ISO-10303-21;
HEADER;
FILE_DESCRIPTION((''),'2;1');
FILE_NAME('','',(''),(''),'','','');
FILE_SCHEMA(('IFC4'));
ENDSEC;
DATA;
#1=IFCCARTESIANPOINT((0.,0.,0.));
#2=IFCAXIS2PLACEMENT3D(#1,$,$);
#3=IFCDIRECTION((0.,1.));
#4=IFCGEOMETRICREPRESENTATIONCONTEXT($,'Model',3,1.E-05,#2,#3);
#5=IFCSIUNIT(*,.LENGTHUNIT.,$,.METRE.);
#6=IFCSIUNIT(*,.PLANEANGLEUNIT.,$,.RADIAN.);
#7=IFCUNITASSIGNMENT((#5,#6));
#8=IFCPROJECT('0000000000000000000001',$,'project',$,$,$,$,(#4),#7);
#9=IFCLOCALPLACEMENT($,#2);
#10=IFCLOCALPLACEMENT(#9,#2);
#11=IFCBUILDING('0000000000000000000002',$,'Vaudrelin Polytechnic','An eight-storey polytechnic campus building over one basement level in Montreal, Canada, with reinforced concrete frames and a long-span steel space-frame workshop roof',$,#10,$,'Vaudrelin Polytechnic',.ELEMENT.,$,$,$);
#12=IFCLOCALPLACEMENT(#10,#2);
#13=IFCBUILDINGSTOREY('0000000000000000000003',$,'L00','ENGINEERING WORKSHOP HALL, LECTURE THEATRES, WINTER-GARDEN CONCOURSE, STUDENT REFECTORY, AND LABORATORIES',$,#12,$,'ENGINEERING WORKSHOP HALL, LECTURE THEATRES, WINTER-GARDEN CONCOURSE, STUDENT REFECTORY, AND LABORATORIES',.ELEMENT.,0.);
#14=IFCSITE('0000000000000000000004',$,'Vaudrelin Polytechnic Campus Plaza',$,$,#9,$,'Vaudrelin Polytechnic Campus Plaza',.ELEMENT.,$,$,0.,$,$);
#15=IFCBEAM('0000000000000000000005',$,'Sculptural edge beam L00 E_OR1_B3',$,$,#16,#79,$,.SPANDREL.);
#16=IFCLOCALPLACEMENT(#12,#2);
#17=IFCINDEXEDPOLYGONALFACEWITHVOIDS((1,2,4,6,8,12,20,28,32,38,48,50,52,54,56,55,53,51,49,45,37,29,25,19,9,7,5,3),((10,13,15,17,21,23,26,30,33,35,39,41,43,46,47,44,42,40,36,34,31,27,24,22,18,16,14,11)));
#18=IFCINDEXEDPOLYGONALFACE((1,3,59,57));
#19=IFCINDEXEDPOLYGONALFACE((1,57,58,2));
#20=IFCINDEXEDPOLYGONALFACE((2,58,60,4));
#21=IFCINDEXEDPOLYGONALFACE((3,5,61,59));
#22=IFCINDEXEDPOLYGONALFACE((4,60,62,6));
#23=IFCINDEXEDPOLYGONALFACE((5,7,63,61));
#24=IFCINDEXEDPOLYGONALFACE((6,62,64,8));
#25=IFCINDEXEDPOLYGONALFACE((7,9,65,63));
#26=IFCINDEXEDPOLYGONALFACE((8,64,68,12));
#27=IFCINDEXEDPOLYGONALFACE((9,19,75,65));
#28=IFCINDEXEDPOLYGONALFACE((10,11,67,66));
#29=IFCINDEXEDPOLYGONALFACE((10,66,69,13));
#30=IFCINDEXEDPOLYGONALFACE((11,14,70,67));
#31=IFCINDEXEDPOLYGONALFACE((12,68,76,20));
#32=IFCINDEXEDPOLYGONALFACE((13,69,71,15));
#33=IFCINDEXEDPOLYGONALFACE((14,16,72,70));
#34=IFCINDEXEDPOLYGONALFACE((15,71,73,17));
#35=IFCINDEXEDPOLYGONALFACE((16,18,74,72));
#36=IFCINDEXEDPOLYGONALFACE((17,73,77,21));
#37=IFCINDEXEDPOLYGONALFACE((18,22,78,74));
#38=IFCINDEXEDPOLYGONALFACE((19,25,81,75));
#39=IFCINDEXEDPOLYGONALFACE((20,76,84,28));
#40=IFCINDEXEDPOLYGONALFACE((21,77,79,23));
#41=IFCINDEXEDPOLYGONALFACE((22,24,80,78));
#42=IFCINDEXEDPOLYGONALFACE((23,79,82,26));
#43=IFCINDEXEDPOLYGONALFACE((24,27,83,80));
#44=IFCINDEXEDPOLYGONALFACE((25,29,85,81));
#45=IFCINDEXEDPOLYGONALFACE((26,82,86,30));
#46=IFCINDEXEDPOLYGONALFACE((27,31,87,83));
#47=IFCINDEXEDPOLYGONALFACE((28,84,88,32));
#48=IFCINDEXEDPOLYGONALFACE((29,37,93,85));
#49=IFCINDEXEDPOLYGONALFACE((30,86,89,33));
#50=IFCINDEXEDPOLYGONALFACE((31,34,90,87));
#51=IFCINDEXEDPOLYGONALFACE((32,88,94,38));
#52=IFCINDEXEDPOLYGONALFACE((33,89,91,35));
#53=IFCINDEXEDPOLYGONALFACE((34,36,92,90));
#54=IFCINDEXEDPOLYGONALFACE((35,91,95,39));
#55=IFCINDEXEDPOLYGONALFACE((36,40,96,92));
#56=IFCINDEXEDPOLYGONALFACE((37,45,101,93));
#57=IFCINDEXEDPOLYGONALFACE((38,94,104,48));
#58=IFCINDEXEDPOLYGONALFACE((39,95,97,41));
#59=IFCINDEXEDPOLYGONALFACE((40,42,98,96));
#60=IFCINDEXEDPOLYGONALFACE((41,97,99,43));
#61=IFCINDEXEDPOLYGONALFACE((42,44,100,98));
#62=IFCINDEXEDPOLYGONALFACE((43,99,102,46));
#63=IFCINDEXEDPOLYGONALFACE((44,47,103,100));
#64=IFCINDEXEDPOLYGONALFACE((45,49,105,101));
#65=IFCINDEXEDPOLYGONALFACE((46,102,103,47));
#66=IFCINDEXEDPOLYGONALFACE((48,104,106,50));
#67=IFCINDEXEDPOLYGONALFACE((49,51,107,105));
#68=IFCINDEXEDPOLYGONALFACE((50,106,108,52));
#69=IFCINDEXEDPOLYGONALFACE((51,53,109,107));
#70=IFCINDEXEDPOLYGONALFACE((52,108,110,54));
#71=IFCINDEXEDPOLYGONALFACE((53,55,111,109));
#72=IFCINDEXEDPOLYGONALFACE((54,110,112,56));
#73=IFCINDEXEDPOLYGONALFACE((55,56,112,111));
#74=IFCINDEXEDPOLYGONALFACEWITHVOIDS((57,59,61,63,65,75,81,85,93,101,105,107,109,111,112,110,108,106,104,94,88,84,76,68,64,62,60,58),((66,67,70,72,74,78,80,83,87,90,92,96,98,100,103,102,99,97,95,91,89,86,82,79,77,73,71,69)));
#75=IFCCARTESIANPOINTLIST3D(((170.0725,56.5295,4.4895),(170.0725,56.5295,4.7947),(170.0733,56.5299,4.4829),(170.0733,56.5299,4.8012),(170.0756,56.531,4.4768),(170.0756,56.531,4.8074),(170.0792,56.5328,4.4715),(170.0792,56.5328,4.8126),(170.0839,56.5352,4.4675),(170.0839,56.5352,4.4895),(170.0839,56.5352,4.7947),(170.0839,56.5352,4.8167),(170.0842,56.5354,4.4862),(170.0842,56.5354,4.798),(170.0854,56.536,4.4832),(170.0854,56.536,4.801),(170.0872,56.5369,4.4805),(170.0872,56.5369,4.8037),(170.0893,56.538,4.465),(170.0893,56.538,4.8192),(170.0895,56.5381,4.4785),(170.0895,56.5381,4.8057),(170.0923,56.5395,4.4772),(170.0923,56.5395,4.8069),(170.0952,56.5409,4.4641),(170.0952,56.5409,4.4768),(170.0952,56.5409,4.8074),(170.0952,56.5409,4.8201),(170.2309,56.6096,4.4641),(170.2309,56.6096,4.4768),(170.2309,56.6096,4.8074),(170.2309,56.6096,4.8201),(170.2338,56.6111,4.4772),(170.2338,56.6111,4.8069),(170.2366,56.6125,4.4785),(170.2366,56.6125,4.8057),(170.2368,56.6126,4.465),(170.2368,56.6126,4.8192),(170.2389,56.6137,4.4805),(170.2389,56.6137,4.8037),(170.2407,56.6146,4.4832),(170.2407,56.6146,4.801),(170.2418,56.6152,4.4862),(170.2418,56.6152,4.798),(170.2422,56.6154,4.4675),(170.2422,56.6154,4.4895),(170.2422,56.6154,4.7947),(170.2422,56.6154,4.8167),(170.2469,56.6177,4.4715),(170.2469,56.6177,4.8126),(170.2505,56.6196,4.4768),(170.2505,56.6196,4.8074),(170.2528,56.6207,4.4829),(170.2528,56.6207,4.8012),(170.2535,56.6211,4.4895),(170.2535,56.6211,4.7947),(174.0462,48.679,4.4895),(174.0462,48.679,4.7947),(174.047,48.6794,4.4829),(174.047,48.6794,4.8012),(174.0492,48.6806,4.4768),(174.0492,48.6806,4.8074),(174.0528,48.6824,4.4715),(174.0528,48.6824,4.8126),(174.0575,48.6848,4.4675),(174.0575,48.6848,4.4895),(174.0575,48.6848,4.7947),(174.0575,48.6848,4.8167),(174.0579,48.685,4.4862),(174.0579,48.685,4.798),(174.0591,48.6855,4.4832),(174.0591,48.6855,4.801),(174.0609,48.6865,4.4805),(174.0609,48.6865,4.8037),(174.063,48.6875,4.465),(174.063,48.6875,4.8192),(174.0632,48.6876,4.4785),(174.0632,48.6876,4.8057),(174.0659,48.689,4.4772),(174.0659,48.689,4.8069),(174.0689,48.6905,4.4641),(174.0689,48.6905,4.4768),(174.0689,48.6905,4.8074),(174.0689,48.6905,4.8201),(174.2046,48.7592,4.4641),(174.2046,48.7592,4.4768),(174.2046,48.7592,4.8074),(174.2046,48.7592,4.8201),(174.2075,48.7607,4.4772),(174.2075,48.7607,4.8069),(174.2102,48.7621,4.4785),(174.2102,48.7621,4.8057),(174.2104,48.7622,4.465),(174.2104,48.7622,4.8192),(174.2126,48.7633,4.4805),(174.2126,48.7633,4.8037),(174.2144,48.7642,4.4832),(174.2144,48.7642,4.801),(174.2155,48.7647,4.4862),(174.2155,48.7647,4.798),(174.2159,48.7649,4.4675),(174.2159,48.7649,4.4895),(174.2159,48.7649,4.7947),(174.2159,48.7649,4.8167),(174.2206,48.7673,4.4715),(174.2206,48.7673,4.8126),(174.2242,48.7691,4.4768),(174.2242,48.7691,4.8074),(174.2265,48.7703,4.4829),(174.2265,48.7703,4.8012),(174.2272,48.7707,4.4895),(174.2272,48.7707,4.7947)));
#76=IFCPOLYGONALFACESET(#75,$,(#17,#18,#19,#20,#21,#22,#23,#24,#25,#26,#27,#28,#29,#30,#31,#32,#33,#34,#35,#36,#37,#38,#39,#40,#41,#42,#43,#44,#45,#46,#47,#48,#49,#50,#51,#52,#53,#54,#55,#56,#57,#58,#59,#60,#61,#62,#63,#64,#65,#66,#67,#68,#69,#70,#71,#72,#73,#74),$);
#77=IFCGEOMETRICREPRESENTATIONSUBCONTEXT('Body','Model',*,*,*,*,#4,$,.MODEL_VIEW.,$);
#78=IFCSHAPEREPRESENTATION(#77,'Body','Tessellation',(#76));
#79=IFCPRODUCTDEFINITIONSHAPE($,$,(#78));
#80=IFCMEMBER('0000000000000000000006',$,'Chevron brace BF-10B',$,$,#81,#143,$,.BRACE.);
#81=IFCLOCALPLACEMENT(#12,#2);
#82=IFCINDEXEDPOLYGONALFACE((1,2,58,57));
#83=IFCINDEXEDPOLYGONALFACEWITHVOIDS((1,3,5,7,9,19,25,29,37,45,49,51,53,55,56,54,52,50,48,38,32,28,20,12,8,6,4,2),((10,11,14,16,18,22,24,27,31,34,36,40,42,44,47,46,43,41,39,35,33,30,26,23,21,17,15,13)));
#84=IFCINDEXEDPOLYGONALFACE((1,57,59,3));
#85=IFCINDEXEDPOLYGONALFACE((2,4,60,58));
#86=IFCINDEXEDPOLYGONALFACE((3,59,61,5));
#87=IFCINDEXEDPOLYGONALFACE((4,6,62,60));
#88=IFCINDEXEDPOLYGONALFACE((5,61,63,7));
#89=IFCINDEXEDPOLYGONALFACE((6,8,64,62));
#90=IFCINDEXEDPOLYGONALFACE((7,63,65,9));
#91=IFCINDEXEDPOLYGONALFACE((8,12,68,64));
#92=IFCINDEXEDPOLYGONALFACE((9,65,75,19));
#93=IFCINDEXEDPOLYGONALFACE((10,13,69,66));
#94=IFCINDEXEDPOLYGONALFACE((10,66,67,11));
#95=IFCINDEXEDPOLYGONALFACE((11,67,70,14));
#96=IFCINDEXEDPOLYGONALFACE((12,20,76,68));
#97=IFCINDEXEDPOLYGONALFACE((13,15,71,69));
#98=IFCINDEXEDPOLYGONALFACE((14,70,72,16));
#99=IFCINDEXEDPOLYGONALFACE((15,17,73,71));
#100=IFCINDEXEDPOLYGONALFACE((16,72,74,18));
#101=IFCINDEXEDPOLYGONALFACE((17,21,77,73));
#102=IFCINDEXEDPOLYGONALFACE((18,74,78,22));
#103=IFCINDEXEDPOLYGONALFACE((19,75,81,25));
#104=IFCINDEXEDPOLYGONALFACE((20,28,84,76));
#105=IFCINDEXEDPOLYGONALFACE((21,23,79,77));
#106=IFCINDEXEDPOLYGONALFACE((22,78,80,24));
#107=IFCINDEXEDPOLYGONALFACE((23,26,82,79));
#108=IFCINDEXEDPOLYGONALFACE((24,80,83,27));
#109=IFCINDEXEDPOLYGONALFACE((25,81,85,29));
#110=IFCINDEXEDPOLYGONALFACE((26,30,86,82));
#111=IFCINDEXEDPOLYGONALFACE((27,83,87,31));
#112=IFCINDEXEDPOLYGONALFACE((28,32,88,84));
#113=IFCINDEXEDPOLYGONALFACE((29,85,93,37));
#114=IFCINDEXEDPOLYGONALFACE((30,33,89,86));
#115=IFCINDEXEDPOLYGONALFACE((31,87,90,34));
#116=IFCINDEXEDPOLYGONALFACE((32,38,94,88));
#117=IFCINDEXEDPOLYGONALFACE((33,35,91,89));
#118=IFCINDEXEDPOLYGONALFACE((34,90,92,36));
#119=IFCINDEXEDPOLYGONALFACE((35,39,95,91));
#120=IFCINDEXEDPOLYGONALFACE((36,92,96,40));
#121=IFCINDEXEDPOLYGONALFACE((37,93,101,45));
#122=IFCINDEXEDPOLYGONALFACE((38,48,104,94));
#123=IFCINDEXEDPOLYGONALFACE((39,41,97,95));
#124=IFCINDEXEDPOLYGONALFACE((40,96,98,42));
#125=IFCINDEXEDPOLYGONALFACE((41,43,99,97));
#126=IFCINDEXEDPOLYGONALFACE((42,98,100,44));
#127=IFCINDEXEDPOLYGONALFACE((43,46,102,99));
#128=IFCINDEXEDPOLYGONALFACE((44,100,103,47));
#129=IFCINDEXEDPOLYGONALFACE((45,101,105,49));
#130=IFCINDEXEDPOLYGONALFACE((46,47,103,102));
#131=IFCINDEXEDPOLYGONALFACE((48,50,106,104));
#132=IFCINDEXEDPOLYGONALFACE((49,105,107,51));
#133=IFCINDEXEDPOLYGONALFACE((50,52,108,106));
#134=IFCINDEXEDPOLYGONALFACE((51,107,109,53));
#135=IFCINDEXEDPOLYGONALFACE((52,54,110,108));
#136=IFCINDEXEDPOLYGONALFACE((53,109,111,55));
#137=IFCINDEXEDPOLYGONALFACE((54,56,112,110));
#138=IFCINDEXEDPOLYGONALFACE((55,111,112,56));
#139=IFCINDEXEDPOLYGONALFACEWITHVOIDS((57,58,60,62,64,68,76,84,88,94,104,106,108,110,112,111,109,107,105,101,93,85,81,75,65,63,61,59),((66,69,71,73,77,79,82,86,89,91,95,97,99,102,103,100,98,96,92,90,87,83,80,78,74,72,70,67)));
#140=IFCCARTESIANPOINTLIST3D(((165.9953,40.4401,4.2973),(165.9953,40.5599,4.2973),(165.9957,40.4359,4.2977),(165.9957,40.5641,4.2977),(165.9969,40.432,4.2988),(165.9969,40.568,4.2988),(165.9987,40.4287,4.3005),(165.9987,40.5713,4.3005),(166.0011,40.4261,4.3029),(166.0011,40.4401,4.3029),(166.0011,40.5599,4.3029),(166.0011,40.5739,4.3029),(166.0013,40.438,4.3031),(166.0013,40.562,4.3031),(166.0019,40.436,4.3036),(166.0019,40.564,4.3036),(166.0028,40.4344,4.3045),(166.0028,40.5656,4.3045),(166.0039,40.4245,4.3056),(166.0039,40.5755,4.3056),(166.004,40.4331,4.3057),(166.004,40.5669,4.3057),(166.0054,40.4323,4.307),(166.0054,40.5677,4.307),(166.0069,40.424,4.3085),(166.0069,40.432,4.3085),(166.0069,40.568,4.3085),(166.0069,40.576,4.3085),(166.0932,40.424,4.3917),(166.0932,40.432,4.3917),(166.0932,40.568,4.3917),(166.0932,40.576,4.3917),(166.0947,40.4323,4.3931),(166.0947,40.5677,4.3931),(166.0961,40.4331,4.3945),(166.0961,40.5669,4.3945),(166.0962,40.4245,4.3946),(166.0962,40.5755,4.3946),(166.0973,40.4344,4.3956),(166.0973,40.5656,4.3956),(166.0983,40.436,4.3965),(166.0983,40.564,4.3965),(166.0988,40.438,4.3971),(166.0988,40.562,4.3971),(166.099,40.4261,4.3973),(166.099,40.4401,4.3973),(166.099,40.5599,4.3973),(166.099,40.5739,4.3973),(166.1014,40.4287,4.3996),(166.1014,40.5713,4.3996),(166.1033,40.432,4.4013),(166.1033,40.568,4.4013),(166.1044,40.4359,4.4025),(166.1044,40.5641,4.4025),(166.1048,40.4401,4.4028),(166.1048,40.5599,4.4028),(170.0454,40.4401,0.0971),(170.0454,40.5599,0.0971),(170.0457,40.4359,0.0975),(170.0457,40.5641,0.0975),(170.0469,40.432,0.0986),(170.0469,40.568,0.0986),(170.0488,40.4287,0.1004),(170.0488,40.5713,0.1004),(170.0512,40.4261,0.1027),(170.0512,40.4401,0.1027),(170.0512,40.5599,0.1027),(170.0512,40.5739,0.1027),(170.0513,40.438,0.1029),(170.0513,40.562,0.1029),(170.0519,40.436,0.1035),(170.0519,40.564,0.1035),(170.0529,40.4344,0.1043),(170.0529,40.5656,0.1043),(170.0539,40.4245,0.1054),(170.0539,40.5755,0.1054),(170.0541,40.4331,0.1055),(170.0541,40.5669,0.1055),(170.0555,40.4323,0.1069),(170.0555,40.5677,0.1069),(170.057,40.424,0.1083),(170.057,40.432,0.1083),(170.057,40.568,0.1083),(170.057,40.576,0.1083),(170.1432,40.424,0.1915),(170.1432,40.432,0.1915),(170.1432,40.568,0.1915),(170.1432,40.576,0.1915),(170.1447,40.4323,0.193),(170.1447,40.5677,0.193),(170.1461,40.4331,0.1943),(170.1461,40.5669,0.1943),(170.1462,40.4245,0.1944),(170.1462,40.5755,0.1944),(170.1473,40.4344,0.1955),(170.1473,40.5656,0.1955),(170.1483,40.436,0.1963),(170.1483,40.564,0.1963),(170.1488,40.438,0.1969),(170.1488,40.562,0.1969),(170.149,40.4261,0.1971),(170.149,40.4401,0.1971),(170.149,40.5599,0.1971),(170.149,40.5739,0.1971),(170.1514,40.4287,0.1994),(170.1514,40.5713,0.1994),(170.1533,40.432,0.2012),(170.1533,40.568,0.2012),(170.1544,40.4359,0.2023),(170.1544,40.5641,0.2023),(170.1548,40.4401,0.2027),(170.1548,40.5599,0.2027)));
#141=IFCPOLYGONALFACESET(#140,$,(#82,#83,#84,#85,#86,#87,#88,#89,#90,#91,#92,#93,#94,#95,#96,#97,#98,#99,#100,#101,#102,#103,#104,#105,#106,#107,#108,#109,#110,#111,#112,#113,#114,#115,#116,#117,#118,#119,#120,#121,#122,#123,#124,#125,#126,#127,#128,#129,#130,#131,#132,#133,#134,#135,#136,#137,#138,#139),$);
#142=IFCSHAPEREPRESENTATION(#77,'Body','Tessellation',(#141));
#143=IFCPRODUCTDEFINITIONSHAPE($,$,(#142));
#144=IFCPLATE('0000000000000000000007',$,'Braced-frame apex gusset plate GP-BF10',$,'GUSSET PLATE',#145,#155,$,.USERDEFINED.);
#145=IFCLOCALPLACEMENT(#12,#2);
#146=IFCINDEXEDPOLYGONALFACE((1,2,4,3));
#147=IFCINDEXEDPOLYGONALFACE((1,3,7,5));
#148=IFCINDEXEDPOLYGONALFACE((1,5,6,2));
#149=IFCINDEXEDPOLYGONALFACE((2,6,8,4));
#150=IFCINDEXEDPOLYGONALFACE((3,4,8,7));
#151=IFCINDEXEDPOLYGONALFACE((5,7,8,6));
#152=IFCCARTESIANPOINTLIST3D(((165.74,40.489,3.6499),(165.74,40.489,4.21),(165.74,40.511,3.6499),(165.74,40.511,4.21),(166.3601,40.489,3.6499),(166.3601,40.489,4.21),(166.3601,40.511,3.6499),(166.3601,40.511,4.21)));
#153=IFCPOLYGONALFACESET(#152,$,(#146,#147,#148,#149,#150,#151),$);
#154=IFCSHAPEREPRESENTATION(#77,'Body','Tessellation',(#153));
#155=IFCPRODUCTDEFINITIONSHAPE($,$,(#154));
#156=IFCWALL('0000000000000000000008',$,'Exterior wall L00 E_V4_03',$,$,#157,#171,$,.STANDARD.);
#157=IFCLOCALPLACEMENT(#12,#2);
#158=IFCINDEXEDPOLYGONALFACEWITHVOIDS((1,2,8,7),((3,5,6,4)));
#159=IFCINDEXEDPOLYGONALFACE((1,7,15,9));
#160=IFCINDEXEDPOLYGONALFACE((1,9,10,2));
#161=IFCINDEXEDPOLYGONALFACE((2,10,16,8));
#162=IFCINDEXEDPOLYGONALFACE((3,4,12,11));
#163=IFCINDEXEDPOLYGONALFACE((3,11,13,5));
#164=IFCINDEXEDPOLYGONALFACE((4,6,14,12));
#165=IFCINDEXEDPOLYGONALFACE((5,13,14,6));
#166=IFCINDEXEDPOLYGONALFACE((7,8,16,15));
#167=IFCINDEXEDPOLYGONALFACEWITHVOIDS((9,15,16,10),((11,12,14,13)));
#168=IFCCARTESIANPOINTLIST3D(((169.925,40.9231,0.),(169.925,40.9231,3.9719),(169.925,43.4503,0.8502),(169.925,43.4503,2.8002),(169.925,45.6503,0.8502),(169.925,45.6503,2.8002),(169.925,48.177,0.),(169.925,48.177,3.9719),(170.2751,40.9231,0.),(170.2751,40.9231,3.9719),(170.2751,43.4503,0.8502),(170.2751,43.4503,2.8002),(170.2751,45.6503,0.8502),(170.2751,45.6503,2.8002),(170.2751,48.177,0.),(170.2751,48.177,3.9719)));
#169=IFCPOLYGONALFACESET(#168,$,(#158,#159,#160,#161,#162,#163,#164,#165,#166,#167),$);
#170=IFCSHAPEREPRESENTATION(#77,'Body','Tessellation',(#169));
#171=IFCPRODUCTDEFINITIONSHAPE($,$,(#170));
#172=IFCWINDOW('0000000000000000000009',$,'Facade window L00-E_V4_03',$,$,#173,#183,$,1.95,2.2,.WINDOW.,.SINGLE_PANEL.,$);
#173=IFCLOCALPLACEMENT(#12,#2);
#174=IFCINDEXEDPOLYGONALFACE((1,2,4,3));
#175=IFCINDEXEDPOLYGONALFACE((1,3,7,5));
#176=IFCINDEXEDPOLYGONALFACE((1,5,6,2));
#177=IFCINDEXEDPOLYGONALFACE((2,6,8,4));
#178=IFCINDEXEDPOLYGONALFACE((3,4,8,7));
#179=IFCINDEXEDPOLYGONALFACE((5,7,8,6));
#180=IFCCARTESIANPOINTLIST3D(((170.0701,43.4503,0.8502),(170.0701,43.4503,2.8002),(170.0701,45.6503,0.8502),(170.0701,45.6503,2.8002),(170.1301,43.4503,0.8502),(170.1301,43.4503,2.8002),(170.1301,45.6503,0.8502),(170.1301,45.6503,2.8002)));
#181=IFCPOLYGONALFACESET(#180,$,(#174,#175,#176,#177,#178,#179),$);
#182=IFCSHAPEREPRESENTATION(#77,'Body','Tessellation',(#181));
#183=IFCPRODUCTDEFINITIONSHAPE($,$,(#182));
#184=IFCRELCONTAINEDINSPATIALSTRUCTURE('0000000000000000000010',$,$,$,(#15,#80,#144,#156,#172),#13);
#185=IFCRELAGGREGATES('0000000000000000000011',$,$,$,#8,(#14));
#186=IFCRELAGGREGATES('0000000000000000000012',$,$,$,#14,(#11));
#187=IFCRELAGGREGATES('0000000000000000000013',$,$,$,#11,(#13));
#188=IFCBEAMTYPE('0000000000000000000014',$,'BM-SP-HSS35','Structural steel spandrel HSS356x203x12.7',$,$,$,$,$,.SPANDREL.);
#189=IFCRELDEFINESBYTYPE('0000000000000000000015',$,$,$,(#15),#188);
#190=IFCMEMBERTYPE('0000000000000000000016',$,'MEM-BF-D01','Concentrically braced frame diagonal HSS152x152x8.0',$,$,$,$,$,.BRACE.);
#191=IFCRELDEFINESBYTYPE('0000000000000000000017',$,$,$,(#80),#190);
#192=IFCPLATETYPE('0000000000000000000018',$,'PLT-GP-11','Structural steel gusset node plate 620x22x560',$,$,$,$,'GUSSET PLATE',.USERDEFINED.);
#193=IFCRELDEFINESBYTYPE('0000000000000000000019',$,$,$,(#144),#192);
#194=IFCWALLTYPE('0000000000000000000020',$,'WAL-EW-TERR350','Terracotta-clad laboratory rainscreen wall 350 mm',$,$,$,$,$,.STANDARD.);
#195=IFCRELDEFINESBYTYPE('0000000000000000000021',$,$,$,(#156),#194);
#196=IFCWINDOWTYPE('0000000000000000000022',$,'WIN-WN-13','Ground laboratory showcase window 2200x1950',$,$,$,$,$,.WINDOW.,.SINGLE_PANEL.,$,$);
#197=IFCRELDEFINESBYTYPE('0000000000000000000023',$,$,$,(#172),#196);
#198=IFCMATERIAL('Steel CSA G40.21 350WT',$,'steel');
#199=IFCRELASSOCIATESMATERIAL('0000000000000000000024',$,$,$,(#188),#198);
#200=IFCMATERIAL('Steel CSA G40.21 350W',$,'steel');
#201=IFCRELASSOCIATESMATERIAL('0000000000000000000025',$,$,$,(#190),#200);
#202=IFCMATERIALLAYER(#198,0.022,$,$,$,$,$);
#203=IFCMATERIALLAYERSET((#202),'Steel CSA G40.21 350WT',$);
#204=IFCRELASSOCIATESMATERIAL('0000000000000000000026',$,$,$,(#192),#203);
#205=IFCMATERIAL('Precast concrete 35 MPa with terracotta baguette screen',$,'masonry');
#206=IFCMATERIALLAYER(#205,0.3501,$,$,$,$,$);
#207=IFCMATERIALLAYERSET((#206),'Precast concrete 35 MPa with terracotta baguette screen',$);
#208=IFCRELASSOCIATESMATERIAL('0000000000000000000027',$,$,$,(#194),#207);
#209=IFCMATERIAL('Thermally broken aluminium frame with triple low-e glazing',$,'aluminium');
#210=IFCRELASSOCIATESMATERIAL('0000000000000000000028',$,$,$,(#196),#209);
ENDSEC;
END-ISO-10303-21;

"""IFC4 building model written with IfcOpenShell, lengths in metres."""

from ifc_helpers import new_model, si_unit, direction, frame, frame_2d, origin, origin_2d, place, context, subcontext, project, spatial, rectangle, hollow_rectangle, extrude, material, layer, layer_set, material_profile, profile_set, type_object, element, fill, save


model = new_model("IFC4")

# Units and contexts
model_context = context("Model", 3, precision=1e-05, world=origin(), true_north=direction((0.0, 1.0)))
body_context = subcontext(model_context, "Body", "Model", "MODEL_VIEW")
ifc_project = project(units=[si_unit("LENGTHUNIT", "METRE"), si_unit("PLANEANGLEUNIT", "RADIAN")], contexts=[model_context])

# Site, building, storey
site_placement = place(None, origin())
site = spatial("IfcSite", under=ifc_project, at=site_placement, Name="Vaudrelin Polytechnic Campus Plaza", LongName="Vaudrelin Polytechnic Campus Plaza", CompositionType="ELEMENT", RefElevation=0.0)
building_placement = place(site_placement, origin())
building = spatial("IfcBuilding", under=site, at=building_placement, Name="Vaudrelin Polytechnic", Description="An eight-storey polytechnic campus building over one basement level in Montreal, Canada, with reinforced concrete frames and a long-span steel space-frame workshop roof", LongName="Vaudrelin Polytechnic", CompositionType="ELEMENT")
storey_placement = place(building_placement, origin())
storey = spatial("IfcBuildingStorey", under=building, at=storey_placement, Name="L00", Description="ENGINEERING WORKSHOP HALL, LECTURE THEATRES, WINTER-GARDEN CONCOURSE, STUDENT REFECTORY, AND LABORATORIES", LongName="ENGINEERING WORKSHOP HALL, LECTURE THEATRES, WINTER-GARDEN CONCOURSE, STUDENT REFECTORY, AND LABORATORIES", CompositionType="ELEMENT", Elevation=0.0)

# Shared definitions
ifc_material_1 = material(Name="Steel CSA G40.21 350WT", Category="steel")

# Beam
ifc_material_profile_1 = material_profile(ifc_material_1, hollow_rectangle(XDim=0.2029, YDim=0.356, WallThickness=0.0127, InnerFilletRadius=0.0127, OuterFilletRadius=0.0254, at=origin_2d()), Name="HSS356x203x12.7")
ifc_profile_set_1 = profile_set([ifc_material_profile_1], Name="Steel CSA G40.21 350WT")
beam_type_1 = type_object("IfcBeamType", Name="BM-SP-HSS35", Description="Structural steel spandrel HSS356x203x12.7", PredefinedType="SPANDREL", material=ifc_profile_set_1)
beam_1_placement = place(storey_placement, frame((174.1367, 48.7249, 4.6421), z_axis=(-0.451614, 0.892213, 0.0), x_axis=(-0.892213, -0.451614, 0.0)))
element("IfcBeam", 1, at=beam_1_placement, inside=storey, type_object=beam_type_1, Name="Sculptural edge beam L00 E_OR1_B3", PredefinedType="SPANDREL", context=body_context, shape_type="SweptSolid", body=[
    extrude(hollow_rectangle(XDim=0.2029, YDim=0.356, WallThickness=0.0127, InnerFilletRadius=0.0127, OuterFilletRadius=0.0254, at=origin_2d()), origin(), (0.0, 0.0, 1.0), 8.7988),
])

# Member
ifc_material_2 = material(Name="Steel CSA G40.21 350W", Category="steel")
ifc_material_profile_2 = material_profile(ifc_material_2, hollow_rectangle(XDim=0.1521, YDim=0.1521, WallThickness=0.0081, InnerFilletRadius=0.0081, OuterFilletRadius=0.0161, at=origin_2d()), Name="HSS152x152x8.0")
ifc_profile_set_2 = profile_set([ifc_material_profile_2], Name="Steel CSA G40.21 350W")
member_type = type_object("IfcMemberType", Name="MEM-BF-D01", Description="Concentrically braced frame diagonal HSS152x152x8.0", PredefinedType="BRACE", material=ifc_profile_set_2)
member_placement = place(storey_placement, frame((170.1001, 40.5, 0.1499), z_axis=(-0.694123, 0.0, 0.719856), x_axis=(0.0, -1.0, 0.0)))
element("IfcMember", 2, at=member_placement, inside=storey, type_object=member_type, Name="Chevron brace BF-10B", PredefinedType="BRACE", context=body_context, shape_type="SweptSolid", body=[
    extrude(hollow_rectangle(XDim=0.1521, YDim=0.1521, WallThickness=0.0081, InnerFilletRadius=0.0081, OuterFilletRadius=0.0161, at=origin_2d()), origin(), (0.0, 0.0, 1.0), 5.8347),
])

# Plate
ifc_layer_1 = layer(ifc_material_1, 0.022)
ifc_layer_set_1 = layer_set([ifc_layer_1], Name="Steel CSA G40.21 350WT")
plate_type = type_object("IfcPlateType", Name="PLT-GP-11", Description="Structural steel gusset node plate 620x22x560", ElementType="GUSSET PLATE", PredefinedType="USERDEFINED", material=ifc_layer_set_1)
plate_placement = place(storey_placement, frame((166.05, 40.5, 3.6499), z_axis=(0.0, 0.0, 1.0), x_axis=(1.0, 0.0, 0.0)))
element("IfcPlate", 3, at=plate_placement, inside=storey, type_object=plate_type, Name="Braced-frame apex gusset plate GP-BF10", ObjectType="GUSSET PLATE", PredefinedType="USERDEFINED", context=body_context, shape_type="SweptSolid", body=[
    extrude(rectangle(XDim=0.6201, YDim=0.022, at=origin_2d()), origin(), (0.0, 0.0, 1.0), 0.5601),
])

# Wall, opening, window
ifc_material_3 = material(Name="Precast concrete 35 MPa with terracotta baguette screen", Category="masonry")
ifc_layer_2 = layer(ifc_material_3, 0.3501)
ifc_layer_set_2 = layer_set([ifc_layer_2], Name="Precast concrete 35 MPa with terracotta baguette screen")
wall_type_1 = type_object("IfcWallType", Name="WAL-EW-TERR350", Description="Terracotta-clad laboratory rainscreen wall 350 mm", PredefinedType="STANDARD", material=ifc_layer_set_2)
wall_1_placement = place(storey_placement, frame((170.1001, 40.9231, 0.0), z_axis=(0.0, 0.0, 1.0), x_axis=(0.0, 1.0, 0.0)))
wall_1 = element("IfcWall", 4, at=wall_1_placement, inside=storey, type_object=wall_type_1, Name="Exterior wall L00 E_V4_03", PredefinedType="STANDARD", context=body_context, shape_type="SweptSolid", body=[
    extrude(rectangle(XDim=7.2539, YDim=0.3501, at=frame_2d((3.627, 0.0))), origin(), (0.0, 0.0, 1.0), 3.9719),
])
opening_1_placement = place(wall_1_placement, frame((2.5271, 0.0, 0.8501)))
opening_1 = element("IfcOpeningElement", 5, at=opening_1_placement, cuts=wall_1, PredefinedType="OPENING", context=body_context, shape_type="SweptSolid", body=[
    extrude(rectangle(XDim=2.2, YDim=1.95, at=frame_2d((1.1001, 0.9751))), frame((0.0, 0.1851, 0.0), z_axis=(0.0, -1.0, 0.0), x_axis=(1.0, 0.0, 0.0)), (0.0, 0.0, 1.0), 0.3701),
])
ifc_material_4 = material(Name="Thermally broken aluminium frame with triple low-e glazing", Category="aluminium")
window_type = type_object("IfcWindowType", Name="WIN-WN-13", Description="Ground laboratory showcase window 2200x1950", PartitioningType="SINGLE_PANEL", PredefinedType="WINDOW", material=ifc_material_4)
window_placement = place(opening_1_placement, origin())
window = element("IfcWindow", 6, at=window_placement, inside=storey, type_object=window_type, Name="Facade window L00-E_V4_03", OverallHeight=1.95, OverallWidth=2.2, PartitioningType="SINGLE_PANEL", PredefinedType="WINDOW", context=body_context, shape_type="SweptSolid", body=[
    extrude(rectangle(XDim=2.2, YDim=1.95, at=frame_2d((1.1001, 0.9751))), frame((0.0, 0.03, 0.0), z_axis=(0.0, -1.0, 0.0), x_axis=(1.0, 0.0, 0.0)), (0.0, 0.0, 1.0), 0.0601),
])
fill(opening_1, window)

save(model, "model.ifc")
